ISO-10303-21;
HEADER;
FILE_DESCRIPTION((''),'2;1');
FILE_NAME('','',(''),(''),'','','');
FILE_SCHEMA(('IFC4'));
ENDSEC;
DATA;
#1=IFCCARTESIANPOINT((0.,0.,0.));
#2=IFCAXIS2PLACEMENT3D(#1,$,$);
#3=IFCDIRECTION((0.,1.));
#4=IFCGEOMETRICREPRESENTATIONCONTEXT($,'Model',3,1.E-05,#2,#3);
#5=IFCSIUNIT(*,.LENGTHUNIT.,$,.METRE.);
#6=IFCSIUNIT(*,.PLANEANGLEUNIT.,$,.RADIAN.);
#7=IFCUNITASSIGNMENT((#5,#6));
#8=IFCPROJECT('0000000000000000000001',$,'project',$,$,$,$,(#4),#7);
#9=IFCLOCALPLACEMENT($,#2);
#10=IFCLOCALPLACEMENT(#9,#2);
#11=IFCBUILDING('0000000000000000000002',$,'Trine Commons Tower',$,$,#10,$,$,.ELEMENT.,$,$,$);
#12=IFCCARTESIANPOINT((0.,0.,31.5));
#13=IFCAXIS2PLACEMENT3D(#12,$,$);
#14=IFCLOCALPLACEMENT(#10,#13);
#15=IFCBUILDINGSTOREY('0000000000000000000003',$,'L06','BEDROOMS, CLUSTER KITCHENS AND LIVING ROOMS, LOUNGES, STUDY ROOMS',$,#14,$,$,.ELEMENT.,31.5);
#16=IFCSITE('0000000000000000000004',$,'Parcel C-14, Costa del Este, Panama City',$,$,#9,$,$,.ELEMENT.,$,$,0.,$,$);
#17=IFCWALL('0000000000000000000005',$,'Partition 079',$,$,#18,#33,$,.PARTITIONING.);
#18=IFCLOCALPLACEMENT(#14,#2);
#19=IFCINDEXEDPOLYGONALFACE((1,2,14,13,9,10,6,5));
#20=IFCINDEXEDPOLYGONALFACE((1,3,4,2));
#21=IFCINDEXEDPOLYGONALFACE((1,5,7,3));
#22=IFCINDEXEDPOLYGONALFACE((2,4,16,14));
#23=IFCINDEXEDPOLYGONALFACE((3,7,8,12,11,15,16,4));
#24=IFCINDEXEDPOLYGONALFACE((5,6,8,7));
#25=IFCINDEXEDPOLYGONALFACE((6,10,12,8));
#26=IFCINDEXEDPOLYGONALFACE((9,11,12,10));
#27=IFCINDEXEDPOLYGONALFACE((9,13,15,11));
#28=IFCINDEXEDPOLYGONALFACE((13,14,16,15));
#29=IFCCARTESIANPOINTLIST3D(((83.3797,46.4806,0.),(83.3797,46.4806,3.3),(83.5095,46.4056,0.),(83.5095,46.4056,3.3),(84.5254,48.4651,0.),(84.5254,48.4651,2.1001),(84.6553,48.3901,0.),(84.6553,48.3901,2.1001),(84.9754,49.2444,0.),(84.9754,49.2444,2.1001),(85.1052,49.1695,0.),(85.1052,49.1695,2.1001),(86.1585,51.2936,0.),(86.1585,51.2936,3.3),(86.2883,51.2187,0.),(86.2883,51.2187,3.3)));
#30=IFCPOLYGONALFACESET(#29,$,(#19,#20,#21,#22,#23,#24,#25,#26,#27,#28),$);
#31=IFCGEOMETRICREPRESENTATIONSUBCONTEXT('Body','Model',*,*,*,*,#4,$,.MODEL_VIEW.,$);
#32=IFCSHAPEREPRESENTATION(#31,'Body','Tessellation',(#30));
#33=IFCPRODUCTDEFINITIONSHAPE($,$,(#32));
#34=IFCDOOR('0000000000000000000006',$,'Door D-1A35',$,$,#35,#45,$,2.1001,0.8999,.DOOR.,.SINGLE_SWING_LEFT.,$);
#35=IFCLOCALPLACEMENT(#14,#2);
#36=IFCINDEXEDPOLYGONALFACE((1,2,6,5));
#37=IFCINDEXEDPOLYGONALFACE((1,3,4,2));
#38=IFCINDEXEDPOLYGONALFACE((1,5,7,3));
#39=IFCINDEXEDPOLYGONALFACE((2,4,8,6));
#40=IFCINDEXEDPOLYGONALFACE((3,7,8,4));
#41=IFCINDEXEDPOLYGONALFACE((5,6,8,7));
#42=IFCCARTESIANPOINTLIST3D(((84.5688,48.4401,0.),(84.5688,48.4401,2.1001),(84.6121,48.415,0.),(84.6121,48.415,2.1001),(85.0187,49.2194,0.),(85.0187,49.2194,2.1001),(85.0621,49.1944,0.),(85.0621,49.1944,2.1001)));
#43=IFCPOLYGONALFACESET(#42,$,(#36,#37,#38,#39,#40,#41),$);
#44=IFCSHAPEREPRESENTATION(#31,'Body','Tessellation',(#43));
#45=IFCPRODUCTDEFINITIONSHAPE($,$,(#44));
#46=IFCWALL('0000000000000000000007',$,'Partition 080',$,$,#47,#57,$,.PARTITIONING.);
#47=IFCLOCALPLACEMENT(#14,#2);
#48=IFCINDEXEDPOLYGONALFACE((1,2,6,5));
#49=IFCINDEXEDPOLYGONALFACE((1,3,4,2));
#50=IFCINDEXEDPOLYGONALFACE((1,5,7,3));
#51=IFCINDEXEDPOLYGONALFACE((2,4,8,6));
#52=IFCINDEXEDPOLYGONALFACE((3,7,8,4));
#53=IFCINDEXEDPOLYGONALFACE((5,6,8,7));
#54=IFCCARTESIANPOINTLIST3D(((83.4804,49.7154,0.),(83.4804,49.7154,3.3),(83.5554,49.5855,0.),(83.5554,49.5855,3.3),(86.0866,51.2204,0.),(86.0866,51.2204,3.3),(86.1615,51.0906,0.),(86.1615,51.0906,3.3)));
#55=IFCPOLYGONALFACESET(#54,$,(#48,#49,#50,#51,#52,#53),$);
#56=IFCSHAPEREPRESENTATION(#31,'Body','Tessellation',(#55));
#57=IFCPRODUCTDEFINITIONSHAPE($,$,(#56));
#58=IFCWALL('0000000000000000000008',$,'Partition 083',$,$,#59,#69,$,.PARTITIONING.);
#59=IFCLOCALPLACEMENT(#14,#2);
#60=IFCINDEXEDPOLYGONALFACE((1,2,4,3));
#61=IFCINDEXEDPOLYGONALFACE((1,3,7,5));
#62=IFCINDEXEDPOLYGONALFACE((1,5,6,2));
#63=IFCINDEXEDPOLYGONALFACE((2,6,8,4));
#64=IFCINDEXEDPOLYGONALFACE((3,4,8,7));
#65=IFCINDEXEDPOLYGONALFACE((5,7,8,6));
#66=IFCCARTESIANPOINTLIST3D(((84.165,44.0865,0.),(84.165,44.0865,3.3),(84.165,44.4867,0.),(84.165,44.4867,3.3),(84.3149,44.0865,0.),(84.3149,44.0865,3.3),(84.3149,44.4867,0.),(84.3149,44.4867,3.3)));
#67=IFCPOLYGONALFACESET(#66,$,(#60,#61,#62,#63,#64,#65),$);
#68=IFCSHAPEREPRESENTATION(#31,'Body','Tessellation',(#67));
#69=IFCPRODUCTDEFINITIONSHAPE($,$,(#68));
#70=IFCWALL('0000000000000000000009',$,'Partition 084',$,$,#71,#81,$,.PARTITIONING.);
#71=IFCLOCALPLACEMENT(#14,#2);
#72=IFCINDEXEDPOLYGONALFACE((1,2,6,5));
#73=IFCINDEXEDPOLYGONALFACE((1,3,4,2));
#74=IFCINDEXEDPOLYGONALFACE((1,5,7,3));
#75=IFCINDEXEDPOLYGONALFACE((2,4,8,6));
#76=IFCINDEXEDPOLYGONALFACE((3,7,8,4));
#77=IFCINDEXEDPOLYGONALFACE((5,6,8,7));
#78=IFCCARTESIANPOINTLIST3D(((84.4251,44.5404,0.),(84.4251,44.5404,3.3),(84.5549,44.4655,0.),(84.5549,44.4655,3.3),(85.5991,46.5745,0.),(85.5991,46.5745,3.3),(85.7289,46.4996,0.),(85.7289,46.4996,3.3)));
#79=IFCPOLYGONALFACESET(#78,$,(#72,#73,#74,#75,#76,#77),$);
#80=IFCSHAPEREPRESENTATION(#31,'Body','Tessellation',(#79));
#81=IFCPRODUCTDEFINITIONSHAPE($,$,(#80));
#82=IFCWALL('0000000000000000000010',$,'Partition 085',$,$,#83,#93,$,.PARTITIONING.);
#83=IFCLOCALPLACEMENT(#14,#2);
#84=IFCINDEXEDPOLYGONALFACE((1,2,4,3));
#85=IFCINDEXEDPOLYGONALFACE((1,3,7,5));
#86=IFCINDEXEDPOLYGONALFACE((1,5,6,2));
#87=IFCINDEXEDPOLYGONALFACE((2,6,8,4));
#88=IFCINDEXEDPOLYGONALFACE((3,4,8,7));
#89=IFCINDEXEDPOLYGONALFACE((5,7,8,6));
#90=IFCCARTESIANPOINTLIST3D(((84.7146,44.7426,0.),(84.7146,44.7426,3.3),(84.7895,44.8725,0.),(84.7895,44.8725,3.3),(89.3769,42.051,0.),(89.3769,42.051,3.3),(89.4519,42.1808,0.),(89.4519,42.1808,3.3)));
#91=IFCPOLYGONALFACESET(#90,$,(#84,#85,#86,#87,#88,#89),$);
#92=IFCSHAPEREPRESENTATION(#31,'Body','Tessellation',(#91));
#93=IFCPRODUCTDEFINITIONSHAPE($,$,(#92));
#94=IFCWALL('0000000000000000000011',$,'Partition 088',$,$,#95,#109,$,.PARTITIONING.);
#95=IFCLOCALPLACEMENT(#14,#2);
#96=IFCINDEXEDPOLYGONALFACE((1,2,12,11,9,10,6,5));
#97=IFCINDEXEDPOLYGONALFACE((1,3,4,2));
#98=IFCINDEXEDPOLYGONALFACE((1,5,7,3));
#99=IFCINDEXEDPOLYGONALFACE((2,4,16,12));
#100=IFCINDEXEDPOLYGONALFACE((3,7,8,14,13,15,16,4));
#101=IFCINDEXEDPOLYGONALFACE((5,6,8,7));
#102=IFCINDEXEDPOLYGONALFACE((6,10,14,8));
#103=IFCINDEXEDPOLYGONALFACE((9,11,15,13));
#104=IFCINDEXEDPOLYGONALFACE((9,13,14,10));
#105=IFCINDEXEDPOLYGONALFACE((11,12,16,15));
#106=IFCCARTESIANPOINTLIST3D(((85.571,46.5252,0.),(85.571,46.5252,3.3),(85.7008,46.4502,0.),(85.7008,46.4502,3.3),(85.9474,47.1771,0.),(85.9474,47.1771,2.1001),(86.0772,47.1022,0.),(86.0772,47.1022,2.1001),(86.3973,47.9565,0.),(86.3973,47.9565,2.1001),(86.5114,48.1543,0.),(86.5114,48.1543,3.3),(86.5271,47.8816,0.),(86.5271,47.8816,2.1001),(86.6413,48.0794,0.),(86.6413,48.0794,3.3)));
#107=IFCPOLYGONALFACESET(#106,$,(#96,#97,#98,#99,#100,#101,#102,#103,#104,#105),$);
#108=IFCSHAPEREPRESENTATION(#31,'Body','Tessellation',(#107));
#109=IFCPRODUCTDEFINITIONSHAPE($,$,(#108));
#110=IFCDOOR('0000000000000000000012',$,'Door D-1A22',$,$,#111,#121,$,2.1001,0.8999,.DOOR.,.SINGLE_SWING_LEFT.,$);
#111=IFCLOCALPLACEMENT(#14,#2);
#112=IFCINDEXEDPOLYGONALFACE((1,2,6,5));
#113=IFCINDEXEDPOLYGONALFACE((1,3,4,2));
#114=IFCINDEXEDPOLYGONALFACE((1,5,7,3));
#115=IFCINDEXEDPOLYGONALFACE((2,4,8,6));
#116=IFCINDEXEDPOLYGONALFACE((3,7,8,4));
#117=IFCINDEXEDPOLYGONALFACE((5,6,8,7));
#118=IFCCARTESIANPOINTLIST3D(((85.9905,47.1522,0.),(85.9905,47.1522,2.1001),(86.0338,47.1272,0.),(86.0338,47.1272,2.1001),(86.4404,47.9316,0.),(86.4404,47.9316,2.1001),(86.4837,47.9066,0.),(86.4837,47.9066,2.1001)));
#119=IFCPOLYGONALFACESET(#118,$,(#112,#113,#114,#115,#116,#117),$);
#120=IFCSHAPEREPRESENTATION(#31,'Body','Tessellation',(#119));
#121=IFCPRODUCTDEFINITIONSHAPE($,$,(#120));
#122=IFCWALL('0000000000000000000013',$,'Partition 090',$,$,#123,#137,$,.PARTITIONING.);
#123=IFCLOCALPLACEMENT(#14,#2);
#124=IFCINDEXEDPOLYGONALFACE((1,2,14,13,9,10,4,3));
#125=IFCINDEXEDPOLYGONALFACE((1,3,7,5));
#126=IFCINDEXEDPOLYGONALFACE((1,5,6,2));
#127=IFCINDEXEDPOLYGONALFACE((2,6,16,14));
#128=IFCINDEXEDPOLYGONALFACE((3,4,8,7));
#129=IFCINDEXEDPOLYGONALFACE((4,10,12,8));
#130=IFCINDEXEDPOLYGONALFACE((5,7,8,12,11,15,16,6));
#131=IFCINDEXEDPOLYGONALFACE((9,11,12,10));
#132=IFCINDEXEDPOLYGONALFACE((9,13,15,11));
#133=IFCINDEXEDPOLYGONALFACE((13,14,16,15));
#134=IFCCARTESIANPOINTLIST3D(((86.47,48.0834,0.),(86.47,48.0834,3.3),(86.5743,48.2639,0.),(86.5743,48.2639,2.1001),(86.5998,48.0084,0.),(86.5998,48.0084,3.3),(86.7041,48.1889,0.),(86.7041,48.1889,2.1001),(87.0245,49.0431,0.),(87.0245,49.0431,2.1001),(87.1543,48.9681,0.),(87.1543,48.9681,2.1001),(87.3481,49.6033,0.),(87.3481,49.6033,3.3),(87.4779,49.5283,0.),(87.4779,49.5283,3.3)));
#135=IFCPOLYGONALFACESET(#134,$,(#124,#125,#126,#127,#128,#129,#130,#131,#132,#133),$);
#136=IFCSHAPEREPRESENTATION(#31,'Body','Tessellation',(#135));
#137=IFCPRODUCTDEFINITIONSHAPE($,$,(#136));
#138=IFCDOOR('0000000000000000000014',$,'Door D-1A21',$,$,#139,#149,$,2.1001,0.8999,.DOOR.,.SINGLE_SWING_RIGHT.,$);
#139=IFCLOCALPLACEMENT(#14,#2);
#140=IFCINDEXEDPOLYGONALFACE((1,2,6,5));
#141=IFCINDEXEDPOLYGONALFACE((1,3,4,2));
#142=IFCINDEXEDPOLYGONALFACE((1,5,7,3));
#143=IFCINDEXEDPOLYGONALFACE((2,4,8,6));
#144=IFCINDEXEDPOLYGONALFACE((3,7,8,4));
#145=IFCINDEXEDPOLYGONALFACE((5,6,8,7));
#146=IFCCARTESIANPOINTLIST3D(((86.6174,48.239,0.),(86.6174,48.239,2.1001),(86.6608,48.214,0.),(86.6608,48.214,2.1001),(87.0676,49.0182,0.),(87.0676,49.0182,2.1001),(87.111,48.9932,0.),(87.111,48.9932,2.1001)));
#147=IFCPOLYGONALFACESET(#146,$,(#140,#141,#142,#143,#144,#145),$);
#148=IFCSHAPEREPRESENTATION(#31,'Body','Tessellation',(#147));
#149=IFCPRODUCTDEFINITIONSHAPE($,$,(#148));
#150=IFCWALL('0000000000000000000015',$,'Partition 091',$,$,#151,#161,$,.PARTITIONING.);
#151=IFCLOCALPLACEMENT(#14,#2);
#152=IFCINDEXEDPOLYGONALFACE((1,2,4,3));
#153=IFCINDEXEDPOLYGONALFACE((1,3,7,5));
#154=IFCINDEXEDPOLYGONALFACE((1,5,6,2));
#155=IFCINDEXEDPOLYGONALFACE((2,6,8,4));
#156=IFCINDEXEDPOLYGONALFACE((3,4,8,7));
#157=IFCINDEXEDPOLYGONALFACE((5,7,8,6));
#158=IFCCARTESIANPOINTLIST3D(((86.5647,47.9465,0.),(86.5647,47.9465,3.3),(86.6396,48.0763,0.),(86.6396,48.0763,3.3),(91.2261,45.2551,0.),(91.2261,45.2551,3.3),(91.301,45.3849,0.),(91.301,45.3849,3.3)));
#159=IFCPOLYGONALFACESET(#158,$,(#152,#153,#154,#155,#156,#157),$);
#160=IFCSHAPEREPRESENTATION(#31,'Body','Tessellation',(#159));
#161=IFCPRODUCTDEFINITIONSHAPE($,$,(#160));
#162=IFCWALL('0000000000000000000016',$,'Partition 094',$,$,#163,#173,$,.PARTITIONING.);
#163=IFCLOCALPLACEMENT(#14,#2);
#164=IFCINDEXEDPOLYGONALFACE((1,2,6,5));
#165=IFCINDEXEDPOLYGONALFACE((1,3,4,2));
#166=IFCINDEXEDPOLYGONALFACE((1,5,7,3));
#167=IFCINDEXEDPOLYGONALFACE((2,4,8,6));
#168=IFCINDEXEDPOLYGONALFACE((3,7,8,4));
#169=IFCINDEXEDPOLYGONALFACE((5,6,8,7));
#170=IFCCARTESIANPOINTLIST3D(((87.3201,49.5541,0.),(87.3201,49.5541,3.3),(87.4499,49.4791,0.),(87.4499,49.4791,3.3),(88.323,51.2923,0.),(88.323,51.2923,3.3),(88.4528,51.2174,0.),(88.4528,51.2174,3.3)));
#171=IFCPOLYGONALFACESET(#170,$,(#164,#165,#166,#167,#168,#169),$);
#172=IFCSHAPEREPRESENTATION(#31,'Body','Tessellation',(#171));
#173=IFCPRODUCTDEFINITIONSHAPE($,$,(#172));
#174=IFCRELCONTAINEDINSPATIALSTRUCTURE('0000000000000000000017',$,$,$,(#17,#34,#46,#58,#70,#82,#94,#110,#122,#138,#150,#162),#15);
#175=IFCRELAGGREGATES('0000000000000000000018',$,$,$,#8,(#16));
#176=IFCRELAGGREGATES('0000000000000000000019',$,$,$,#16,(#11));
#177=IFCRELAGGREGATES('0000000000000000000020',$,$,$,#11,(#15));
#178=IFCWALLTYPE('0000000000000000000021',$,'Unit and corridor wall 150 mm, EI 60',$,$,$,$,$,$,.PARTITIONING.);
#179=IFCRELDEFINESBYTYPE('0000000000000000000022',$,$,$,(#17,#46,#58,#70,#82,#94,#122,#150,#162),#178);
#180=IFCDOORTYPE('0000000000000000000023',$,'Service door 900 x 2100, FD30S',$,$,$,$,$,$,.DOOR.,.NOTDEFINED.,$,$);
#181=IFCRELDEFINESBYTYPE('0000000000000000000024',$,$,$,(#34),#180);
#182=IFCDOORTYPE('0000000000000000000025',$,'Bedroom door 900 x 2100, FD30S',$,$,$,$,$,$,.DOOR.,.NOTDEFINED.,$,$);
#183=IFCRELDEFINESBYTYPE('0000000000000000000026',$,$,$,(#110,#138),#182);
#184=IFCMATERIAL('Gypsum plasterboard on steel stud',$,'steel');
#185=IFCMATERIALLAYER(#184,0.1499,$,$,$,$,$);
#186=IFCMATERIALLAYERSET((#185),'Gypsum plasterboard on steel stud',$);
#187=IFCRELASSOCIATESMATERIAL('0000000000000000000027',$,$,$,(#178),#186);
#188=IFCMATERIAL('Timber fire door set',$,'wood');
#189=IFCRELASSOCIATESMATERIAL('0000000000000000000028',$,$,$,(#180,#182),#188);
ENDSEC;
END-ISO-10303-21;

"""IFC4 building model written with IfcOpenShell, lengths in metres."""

from ifc_helpers import new_model, si_unit, direction, frame, frame_2d, origin, place, context, subcontext, project, spatial, rectangle, extrude, material, layer, layer_set, type_object, element, fill, save


model = new_model("IFC4")

# Units and contexts
model_context = context("Model", 3, precision=1e-05, world=origin(), true_north=direction((0.0, 1.0)))
body_context = subcontext(model_context, "Body", "Model", "MODEL_VIEW")
ifc_project = project(units=[si_unit("LENGTHUNIT", "METRE"), si_unit("PLANEANGLEUNIT", "RADIAN")], contexts=[model_context])

# Site, building, storey
site_placement = place(None, origin())
site = spatial("IfcSite", under=ifc_project, at=site_placement, Name="Parcel C-14, Costa del Este, Panama City", CompositionType="ELEMENT", RefElevation=0.0)
building_placement = place(site_placement, origin())
building = spatial("IfcBuilding", under=site, at=building_placement, Name="Trine Commons Tower", CompositionType="ELEMENT")
storey_placement = place(building_placement, frame((0.0, 0.0, 31.5)))
storey = spatial("IfcBuildingStorey", under=building, at=storey_placement, Name="L06", Description="BEDROOMS, CLUSTER KITCHENS AND LIVING ROOMS, LOUNGES, STUDY ROOMS", CompositionType="ELEMENT", Elevation=31.5)

# Shared definitions
ifc_material_1 = material(Name="Gypsum plasterboard on steel stud", Category="steel")
ifc_layer_1 = layer(ifc_material_1, 0.1499)
ifc_layer_set_1 = layer_set([ifc_layer_1], Name="Gypsum plasterboard on steel stud")
wall_type_1 = type_object("IfcWallType", Name="Unit and corridor wall 150 mm, EI 60", PredefinedType="PARTITIONING", material=ifc_layer_set_1)

# Wall, opening, door
wall_1_placement = place(storey_placement, frame((83.4446, 46.4431, 0.0), z_axis=(0.0, 0.0, 1.0), x_axis=(0.500004, 0.866023, 0.0)))
wall_1 = element("IfcWall", 1, at=wall_1_placement, inside=storey, type_object=wall_type_1, Name="Partition 079", PredefinedType="PARTITIONING", context=body_context, shape_type="SweptSolid", body=[
    extrude(rectangle(XDim=5.5576, YDim=0.1499, at=frame_2d((2.7788, 0.0))), origin(), (0.0, 0.0, 1.0), 3.3),
])
opening_1_placement = place(wall_1_placement, frame((2.2915, 0.0, 0.0)))
opening_1 = element("IfcOpeningElement", 2, at=opening_1_placement, cuts=wall_1, PredefinedType="OPENING", context=body_context, shape_type="SweptSolid", body=[
    extrude(rectangle(XDim=0.8999, YDim=2.1001, at=frame_2d((0.45, 1.05))), frame((0.0, 0.085, 0.0), z_axis=(0.0, -1.0, 0.0), x_axis=(1.0, 0.0, 0.0)), (0.0, 0.0, 1.0), 0.1699),
])
ifc_material_2 = material(Name="Timber fire door set", Category="wood")
door_type_1 = type_object("IfcDoorType", Name="Service door 900 x 2100, FD30S", OperationType="NOTDEFINED", PredefinedType="DOOR", material=ifc_material_2)
door_1_placement = place(opening_1_placement, origin())
door_1 = element("IfcDoor", 3, at=door_1_placement, inside=storey, type_object=door_type_1, Name="Door D-1A35", OperationType="SINGLE_SWING_LEFT", OverallHeight=2.1001, OverallWidth=0.8999, PredefinedType="DOOR", context=body_context, shape_type="SweptSolid", body=[
    extrude(rectangle(XDim=0.8999, YDim=2.1001, at=frame_2d((0.45, 1.05))), frame((0.0, 0.0249, 0.0), z_axis=(0.0, -1.0, 0.0), x_axis=(1.0, 0.0, 0.0)), (0.0, 0.0, 1.0), 0.05),
])
fill(opening_1, door_1)

# Walls
wall_2_placement = place(storey_placement, frame((83.5178, 49.6504, 0.0), z_axis=(0.0, 0.0, 1.0), x_axis=(0.865963, 0.500109, 0.0)))
element("IfcWall", 4, at=wall_2_placement, inside=storey, type_object=wall_type_1, Name="Partition 080", PredefinedType="PARTITIONING", context=body_context, shape_type="SweptSolid", body=[
    extrude(rectangle(XDim=3.0095, YDim=0.1499, at=frame_2d((1.5049, 0.0))), origin(), (0.0, 0.0, 1.0), 3.3),
])
wall_3_placement = place(storey_placement, frame((84.24, 44.0864, 0.0), z_axis=(0.0, 0.0, 1.0), x_axis=(0.0, 1.0, 0.0)))
element("IfcWall", 5, at=wall_3_placement, inside=storey, type_object=wall_type_1, Name="Partition 083", PredefinedType="PARTITIONING", context=body_context, shape_type="SweptSolid", body=[
    extrude(rectangle(XDim=0.4001, YDim=0.1499, at=frame_2d((0.2002, 0.0))), origin(), (0.0, 0.0, 1.0), 3.3),
])
wall_4_placement = place(storey_placement, frame((84.49, 44.5029, 0.0), z_axis=(0.0, 0.0, 1.0), x_axis=(0.499884, 0.866092, 0.0)))
element("IfcWall", 6, at=wall_4_placement, inside=storey, type_object=wall_type_1, Name="Partition 084", PredefinedType="PARTITIONING", context=body_context, shape_type="SweptSolid", body=[
    extrude(rectangle(XDim=2.3486, YDim=0.1499, at=frame_2d((1.1743, 0.0))), origin(), (0.0, 0.0, 1.0), 3.3),
])
wall_5_placement = place(storey_placement, frame((84.752, 44.8076, 0.0), z_axis=(0.0, 0.0, 1.0), x_axis=(0.866038, -0.499978, 0.0)))
element("IfcWall", 7, at=wall_5_placement, inside=storey, type_object=wall_type_1, Name="Partition 085", PredefinedType="PARTITIONING", context=body_context, shape_type="SweptSolid", body=[
    extrude(rectangle(XDim=5.3835, YDim=0.1499, at=frame_2d((2.6919, 0.0))), origin(), (0.0, 0.0, 1.0), 3.3),
])

# Walls, openings, doors
wall_6_placement = place(storey_placement, frame((85.636, 46.4878, 0.0), z_axis=(0.0, 0.0, 1.0), x_axis=(0.499936, 0.866062, 0.0)))
wall_6 = element("IfcWall", 8, at=wall_6_placement, inside=storey, type_object=wall_type_1, Name="Partition 088", PredefinedType="PARTITIONING", context=body_context, shape_type="SweptSolid", body=[
    extrude(rectangle(XDim=1.8811, YDim=0.1499, at=frame_2d((0.9404, 0.0))), origin(), (0.0, 0.0, 1.0), 3.3),
])
opening_2_placement = place(wall_6_placement, frame((0.7527, 0.0, 0.0)))
opening_2 = element("IfcOpeningElement", 9, at=opening_2_placement, cuts=wall_6, PredefinedType="OPENING", context=body_context, shape_type="SweptSolid", body=[
    extrude(rectangle(XDim=0.8999, YDim=2.1001, at=frame_2d((0.45, 1.05))), frame((0.0, 0.085, 0.0), z_axis=(0.0, -1.0, 0.0), x_axis=(1.0, 0.0, 0.0)), (0.0, 0.0, 1.0), 0.1699),
])
door_type_2 = type_object("IfcDoorType", Name="Bedroom door 900 x 2100, FD30S", OperationType="NOTDEFINED", PredefinedType="DOOR", material=ifc_material_2)
door_2_placement = place(opening_2_placement, frame((0.8999, 0.0, 0.0), z_axis=(0.0, 0.0, 1.0), x_axis=(-1.0, 0.0, 0.0)))
door_2 = element("IfcDoor", 10, at=door_2_placement, inside=storey, type_object=door_type_2, Name="Door D-1A22", OperationType="SINGLE_SWING_LEFT", OverallHeight=2.1001, OverallWidth=0.8999, PredefinedType="DOOR", context=body_context, shape_type="SweptSolid", body=[
    extrude(rectangle(XDim=0.8999, YDim=2.1001, at=frame_2d((0.45, 1.05))), frame((0.0, 0.0249, 0.0), z_axis=(0.0, -1.0, 0.0), x_axis=(1.0, 0.0, 0.0)), (0.0, 0.0, 1.0), 0.05),
])
fill(opening_2, door_2)
wall_7_placement = place(storey_placement, frame((86.5349, 48.0459, 0.0), z_axis=(0.0, 0.0, 1.0), x_axis=(0.500252, 0.86588, 0.0)))
wall_7 = element("IfcWall", 11, at=wall_7_placement, inside=storey, type_object=wall_type_1, Name="Partition 090", PredefinedType="PARTITIONING", context=body_context, shape_type="SweptSolid", body=[
    extrude(rectangle(XDim=1.7554, YDim=0.1499, at=frame_2d((0.8777, 0.0))), origin(), (0.0, 0.0, 1.0), 3.3),
])
opening_3_placement = place(wall_7_placement, frame((0.2085, 0.0, 0.0)))
opening_3 = element("IfcOpeningElement", 12, at=opening_3_placement, cuts=wall_7, PredefinedType="OPENING", context=body_context, shape_type="SweptSolid", body=[
    extrude(rectangle(XDim=0.8999, YDim=2.1001, at=frame_2d((0.45, 1.05))), frame((0.0, 0.085, 0.0), z_axis=(0.0, -1.0, 0.0), x_axis=(1.0, 0.0, 0.0)), (0.0, 0.0, 1.0), 0.1699),
])
door_3_placement = place(opening_3_placement, frame((0.8999, 0.0, 0.0), z_axis=(0.0, 0.0, 1.0), x_axis=(-1.0, 0.0, 0.0)))
door_3 = element("IfcDoor", 13, at=door_3_placement, inside=storey, type_object=door_type_2, Name="Door D-1A21", OperationType="SINGLE_SWING_RIGHT", OverallHeight=2.1001, OverallWidth=0.8999, PredefinedType="DOOR", context=body_context, shape_type="SweptSolid", body=[
    extrude(rectangle(XDim=0.8999, YDim=2.1001, at=frame_2d((0.45, 1.05))), frame((0.0, 0.0249, 0.0), z_axis=(0.0, -1.0, 0.0), x_axis=(1.0, 0.0, 0.0)), (0.0, 0.0, 1.0), 0.05),
])
fill(opening_3, door_3)

# Walls
wall_8_placement = place(storey_placement, frame((86.6021, 48.0115, 0.0), z_axis=(0.0, 0.0, 1.0), x_axis=(0.866013, -0.500022, 0.0)))
element("IfcWall", 14, at=wall_8_placement, inside=storey, type_object=wall_type_1, Name="Partition 091", PredefinedType="PARTITIONING", context=body_context, shape_type="SweptSolid", body=[
    extrude(rectangle(XDim=5.3826, YDim=0.1499, at=frame_2d((2.6914, 0.0))), origin(), (0.0, 0.0, 1.0), 3.3),
])
wall_9_placement = place(storey_placement, frame((87.385, 49.5166, 0.0), z_axis=(0.0, 0.0, 1.0), x_axis=(0.499751, 0.866169, 0.0)))
element("IfcWall", 15, at=wall_9_placement, inside=storey, type_object=wall_type_1, Name="Partition 094", PredefinedType="PARTITIONING", context=body_context, shape_type="SweptSolid", body=[
    extrude(rectangle(XDim=2.0068, YDim=0.1499, at=frame_2d((1.0034, 0.0))), origin(), (0.0, 0.0, 1.0), 3.3),
])

save(model, "model.ifc")
